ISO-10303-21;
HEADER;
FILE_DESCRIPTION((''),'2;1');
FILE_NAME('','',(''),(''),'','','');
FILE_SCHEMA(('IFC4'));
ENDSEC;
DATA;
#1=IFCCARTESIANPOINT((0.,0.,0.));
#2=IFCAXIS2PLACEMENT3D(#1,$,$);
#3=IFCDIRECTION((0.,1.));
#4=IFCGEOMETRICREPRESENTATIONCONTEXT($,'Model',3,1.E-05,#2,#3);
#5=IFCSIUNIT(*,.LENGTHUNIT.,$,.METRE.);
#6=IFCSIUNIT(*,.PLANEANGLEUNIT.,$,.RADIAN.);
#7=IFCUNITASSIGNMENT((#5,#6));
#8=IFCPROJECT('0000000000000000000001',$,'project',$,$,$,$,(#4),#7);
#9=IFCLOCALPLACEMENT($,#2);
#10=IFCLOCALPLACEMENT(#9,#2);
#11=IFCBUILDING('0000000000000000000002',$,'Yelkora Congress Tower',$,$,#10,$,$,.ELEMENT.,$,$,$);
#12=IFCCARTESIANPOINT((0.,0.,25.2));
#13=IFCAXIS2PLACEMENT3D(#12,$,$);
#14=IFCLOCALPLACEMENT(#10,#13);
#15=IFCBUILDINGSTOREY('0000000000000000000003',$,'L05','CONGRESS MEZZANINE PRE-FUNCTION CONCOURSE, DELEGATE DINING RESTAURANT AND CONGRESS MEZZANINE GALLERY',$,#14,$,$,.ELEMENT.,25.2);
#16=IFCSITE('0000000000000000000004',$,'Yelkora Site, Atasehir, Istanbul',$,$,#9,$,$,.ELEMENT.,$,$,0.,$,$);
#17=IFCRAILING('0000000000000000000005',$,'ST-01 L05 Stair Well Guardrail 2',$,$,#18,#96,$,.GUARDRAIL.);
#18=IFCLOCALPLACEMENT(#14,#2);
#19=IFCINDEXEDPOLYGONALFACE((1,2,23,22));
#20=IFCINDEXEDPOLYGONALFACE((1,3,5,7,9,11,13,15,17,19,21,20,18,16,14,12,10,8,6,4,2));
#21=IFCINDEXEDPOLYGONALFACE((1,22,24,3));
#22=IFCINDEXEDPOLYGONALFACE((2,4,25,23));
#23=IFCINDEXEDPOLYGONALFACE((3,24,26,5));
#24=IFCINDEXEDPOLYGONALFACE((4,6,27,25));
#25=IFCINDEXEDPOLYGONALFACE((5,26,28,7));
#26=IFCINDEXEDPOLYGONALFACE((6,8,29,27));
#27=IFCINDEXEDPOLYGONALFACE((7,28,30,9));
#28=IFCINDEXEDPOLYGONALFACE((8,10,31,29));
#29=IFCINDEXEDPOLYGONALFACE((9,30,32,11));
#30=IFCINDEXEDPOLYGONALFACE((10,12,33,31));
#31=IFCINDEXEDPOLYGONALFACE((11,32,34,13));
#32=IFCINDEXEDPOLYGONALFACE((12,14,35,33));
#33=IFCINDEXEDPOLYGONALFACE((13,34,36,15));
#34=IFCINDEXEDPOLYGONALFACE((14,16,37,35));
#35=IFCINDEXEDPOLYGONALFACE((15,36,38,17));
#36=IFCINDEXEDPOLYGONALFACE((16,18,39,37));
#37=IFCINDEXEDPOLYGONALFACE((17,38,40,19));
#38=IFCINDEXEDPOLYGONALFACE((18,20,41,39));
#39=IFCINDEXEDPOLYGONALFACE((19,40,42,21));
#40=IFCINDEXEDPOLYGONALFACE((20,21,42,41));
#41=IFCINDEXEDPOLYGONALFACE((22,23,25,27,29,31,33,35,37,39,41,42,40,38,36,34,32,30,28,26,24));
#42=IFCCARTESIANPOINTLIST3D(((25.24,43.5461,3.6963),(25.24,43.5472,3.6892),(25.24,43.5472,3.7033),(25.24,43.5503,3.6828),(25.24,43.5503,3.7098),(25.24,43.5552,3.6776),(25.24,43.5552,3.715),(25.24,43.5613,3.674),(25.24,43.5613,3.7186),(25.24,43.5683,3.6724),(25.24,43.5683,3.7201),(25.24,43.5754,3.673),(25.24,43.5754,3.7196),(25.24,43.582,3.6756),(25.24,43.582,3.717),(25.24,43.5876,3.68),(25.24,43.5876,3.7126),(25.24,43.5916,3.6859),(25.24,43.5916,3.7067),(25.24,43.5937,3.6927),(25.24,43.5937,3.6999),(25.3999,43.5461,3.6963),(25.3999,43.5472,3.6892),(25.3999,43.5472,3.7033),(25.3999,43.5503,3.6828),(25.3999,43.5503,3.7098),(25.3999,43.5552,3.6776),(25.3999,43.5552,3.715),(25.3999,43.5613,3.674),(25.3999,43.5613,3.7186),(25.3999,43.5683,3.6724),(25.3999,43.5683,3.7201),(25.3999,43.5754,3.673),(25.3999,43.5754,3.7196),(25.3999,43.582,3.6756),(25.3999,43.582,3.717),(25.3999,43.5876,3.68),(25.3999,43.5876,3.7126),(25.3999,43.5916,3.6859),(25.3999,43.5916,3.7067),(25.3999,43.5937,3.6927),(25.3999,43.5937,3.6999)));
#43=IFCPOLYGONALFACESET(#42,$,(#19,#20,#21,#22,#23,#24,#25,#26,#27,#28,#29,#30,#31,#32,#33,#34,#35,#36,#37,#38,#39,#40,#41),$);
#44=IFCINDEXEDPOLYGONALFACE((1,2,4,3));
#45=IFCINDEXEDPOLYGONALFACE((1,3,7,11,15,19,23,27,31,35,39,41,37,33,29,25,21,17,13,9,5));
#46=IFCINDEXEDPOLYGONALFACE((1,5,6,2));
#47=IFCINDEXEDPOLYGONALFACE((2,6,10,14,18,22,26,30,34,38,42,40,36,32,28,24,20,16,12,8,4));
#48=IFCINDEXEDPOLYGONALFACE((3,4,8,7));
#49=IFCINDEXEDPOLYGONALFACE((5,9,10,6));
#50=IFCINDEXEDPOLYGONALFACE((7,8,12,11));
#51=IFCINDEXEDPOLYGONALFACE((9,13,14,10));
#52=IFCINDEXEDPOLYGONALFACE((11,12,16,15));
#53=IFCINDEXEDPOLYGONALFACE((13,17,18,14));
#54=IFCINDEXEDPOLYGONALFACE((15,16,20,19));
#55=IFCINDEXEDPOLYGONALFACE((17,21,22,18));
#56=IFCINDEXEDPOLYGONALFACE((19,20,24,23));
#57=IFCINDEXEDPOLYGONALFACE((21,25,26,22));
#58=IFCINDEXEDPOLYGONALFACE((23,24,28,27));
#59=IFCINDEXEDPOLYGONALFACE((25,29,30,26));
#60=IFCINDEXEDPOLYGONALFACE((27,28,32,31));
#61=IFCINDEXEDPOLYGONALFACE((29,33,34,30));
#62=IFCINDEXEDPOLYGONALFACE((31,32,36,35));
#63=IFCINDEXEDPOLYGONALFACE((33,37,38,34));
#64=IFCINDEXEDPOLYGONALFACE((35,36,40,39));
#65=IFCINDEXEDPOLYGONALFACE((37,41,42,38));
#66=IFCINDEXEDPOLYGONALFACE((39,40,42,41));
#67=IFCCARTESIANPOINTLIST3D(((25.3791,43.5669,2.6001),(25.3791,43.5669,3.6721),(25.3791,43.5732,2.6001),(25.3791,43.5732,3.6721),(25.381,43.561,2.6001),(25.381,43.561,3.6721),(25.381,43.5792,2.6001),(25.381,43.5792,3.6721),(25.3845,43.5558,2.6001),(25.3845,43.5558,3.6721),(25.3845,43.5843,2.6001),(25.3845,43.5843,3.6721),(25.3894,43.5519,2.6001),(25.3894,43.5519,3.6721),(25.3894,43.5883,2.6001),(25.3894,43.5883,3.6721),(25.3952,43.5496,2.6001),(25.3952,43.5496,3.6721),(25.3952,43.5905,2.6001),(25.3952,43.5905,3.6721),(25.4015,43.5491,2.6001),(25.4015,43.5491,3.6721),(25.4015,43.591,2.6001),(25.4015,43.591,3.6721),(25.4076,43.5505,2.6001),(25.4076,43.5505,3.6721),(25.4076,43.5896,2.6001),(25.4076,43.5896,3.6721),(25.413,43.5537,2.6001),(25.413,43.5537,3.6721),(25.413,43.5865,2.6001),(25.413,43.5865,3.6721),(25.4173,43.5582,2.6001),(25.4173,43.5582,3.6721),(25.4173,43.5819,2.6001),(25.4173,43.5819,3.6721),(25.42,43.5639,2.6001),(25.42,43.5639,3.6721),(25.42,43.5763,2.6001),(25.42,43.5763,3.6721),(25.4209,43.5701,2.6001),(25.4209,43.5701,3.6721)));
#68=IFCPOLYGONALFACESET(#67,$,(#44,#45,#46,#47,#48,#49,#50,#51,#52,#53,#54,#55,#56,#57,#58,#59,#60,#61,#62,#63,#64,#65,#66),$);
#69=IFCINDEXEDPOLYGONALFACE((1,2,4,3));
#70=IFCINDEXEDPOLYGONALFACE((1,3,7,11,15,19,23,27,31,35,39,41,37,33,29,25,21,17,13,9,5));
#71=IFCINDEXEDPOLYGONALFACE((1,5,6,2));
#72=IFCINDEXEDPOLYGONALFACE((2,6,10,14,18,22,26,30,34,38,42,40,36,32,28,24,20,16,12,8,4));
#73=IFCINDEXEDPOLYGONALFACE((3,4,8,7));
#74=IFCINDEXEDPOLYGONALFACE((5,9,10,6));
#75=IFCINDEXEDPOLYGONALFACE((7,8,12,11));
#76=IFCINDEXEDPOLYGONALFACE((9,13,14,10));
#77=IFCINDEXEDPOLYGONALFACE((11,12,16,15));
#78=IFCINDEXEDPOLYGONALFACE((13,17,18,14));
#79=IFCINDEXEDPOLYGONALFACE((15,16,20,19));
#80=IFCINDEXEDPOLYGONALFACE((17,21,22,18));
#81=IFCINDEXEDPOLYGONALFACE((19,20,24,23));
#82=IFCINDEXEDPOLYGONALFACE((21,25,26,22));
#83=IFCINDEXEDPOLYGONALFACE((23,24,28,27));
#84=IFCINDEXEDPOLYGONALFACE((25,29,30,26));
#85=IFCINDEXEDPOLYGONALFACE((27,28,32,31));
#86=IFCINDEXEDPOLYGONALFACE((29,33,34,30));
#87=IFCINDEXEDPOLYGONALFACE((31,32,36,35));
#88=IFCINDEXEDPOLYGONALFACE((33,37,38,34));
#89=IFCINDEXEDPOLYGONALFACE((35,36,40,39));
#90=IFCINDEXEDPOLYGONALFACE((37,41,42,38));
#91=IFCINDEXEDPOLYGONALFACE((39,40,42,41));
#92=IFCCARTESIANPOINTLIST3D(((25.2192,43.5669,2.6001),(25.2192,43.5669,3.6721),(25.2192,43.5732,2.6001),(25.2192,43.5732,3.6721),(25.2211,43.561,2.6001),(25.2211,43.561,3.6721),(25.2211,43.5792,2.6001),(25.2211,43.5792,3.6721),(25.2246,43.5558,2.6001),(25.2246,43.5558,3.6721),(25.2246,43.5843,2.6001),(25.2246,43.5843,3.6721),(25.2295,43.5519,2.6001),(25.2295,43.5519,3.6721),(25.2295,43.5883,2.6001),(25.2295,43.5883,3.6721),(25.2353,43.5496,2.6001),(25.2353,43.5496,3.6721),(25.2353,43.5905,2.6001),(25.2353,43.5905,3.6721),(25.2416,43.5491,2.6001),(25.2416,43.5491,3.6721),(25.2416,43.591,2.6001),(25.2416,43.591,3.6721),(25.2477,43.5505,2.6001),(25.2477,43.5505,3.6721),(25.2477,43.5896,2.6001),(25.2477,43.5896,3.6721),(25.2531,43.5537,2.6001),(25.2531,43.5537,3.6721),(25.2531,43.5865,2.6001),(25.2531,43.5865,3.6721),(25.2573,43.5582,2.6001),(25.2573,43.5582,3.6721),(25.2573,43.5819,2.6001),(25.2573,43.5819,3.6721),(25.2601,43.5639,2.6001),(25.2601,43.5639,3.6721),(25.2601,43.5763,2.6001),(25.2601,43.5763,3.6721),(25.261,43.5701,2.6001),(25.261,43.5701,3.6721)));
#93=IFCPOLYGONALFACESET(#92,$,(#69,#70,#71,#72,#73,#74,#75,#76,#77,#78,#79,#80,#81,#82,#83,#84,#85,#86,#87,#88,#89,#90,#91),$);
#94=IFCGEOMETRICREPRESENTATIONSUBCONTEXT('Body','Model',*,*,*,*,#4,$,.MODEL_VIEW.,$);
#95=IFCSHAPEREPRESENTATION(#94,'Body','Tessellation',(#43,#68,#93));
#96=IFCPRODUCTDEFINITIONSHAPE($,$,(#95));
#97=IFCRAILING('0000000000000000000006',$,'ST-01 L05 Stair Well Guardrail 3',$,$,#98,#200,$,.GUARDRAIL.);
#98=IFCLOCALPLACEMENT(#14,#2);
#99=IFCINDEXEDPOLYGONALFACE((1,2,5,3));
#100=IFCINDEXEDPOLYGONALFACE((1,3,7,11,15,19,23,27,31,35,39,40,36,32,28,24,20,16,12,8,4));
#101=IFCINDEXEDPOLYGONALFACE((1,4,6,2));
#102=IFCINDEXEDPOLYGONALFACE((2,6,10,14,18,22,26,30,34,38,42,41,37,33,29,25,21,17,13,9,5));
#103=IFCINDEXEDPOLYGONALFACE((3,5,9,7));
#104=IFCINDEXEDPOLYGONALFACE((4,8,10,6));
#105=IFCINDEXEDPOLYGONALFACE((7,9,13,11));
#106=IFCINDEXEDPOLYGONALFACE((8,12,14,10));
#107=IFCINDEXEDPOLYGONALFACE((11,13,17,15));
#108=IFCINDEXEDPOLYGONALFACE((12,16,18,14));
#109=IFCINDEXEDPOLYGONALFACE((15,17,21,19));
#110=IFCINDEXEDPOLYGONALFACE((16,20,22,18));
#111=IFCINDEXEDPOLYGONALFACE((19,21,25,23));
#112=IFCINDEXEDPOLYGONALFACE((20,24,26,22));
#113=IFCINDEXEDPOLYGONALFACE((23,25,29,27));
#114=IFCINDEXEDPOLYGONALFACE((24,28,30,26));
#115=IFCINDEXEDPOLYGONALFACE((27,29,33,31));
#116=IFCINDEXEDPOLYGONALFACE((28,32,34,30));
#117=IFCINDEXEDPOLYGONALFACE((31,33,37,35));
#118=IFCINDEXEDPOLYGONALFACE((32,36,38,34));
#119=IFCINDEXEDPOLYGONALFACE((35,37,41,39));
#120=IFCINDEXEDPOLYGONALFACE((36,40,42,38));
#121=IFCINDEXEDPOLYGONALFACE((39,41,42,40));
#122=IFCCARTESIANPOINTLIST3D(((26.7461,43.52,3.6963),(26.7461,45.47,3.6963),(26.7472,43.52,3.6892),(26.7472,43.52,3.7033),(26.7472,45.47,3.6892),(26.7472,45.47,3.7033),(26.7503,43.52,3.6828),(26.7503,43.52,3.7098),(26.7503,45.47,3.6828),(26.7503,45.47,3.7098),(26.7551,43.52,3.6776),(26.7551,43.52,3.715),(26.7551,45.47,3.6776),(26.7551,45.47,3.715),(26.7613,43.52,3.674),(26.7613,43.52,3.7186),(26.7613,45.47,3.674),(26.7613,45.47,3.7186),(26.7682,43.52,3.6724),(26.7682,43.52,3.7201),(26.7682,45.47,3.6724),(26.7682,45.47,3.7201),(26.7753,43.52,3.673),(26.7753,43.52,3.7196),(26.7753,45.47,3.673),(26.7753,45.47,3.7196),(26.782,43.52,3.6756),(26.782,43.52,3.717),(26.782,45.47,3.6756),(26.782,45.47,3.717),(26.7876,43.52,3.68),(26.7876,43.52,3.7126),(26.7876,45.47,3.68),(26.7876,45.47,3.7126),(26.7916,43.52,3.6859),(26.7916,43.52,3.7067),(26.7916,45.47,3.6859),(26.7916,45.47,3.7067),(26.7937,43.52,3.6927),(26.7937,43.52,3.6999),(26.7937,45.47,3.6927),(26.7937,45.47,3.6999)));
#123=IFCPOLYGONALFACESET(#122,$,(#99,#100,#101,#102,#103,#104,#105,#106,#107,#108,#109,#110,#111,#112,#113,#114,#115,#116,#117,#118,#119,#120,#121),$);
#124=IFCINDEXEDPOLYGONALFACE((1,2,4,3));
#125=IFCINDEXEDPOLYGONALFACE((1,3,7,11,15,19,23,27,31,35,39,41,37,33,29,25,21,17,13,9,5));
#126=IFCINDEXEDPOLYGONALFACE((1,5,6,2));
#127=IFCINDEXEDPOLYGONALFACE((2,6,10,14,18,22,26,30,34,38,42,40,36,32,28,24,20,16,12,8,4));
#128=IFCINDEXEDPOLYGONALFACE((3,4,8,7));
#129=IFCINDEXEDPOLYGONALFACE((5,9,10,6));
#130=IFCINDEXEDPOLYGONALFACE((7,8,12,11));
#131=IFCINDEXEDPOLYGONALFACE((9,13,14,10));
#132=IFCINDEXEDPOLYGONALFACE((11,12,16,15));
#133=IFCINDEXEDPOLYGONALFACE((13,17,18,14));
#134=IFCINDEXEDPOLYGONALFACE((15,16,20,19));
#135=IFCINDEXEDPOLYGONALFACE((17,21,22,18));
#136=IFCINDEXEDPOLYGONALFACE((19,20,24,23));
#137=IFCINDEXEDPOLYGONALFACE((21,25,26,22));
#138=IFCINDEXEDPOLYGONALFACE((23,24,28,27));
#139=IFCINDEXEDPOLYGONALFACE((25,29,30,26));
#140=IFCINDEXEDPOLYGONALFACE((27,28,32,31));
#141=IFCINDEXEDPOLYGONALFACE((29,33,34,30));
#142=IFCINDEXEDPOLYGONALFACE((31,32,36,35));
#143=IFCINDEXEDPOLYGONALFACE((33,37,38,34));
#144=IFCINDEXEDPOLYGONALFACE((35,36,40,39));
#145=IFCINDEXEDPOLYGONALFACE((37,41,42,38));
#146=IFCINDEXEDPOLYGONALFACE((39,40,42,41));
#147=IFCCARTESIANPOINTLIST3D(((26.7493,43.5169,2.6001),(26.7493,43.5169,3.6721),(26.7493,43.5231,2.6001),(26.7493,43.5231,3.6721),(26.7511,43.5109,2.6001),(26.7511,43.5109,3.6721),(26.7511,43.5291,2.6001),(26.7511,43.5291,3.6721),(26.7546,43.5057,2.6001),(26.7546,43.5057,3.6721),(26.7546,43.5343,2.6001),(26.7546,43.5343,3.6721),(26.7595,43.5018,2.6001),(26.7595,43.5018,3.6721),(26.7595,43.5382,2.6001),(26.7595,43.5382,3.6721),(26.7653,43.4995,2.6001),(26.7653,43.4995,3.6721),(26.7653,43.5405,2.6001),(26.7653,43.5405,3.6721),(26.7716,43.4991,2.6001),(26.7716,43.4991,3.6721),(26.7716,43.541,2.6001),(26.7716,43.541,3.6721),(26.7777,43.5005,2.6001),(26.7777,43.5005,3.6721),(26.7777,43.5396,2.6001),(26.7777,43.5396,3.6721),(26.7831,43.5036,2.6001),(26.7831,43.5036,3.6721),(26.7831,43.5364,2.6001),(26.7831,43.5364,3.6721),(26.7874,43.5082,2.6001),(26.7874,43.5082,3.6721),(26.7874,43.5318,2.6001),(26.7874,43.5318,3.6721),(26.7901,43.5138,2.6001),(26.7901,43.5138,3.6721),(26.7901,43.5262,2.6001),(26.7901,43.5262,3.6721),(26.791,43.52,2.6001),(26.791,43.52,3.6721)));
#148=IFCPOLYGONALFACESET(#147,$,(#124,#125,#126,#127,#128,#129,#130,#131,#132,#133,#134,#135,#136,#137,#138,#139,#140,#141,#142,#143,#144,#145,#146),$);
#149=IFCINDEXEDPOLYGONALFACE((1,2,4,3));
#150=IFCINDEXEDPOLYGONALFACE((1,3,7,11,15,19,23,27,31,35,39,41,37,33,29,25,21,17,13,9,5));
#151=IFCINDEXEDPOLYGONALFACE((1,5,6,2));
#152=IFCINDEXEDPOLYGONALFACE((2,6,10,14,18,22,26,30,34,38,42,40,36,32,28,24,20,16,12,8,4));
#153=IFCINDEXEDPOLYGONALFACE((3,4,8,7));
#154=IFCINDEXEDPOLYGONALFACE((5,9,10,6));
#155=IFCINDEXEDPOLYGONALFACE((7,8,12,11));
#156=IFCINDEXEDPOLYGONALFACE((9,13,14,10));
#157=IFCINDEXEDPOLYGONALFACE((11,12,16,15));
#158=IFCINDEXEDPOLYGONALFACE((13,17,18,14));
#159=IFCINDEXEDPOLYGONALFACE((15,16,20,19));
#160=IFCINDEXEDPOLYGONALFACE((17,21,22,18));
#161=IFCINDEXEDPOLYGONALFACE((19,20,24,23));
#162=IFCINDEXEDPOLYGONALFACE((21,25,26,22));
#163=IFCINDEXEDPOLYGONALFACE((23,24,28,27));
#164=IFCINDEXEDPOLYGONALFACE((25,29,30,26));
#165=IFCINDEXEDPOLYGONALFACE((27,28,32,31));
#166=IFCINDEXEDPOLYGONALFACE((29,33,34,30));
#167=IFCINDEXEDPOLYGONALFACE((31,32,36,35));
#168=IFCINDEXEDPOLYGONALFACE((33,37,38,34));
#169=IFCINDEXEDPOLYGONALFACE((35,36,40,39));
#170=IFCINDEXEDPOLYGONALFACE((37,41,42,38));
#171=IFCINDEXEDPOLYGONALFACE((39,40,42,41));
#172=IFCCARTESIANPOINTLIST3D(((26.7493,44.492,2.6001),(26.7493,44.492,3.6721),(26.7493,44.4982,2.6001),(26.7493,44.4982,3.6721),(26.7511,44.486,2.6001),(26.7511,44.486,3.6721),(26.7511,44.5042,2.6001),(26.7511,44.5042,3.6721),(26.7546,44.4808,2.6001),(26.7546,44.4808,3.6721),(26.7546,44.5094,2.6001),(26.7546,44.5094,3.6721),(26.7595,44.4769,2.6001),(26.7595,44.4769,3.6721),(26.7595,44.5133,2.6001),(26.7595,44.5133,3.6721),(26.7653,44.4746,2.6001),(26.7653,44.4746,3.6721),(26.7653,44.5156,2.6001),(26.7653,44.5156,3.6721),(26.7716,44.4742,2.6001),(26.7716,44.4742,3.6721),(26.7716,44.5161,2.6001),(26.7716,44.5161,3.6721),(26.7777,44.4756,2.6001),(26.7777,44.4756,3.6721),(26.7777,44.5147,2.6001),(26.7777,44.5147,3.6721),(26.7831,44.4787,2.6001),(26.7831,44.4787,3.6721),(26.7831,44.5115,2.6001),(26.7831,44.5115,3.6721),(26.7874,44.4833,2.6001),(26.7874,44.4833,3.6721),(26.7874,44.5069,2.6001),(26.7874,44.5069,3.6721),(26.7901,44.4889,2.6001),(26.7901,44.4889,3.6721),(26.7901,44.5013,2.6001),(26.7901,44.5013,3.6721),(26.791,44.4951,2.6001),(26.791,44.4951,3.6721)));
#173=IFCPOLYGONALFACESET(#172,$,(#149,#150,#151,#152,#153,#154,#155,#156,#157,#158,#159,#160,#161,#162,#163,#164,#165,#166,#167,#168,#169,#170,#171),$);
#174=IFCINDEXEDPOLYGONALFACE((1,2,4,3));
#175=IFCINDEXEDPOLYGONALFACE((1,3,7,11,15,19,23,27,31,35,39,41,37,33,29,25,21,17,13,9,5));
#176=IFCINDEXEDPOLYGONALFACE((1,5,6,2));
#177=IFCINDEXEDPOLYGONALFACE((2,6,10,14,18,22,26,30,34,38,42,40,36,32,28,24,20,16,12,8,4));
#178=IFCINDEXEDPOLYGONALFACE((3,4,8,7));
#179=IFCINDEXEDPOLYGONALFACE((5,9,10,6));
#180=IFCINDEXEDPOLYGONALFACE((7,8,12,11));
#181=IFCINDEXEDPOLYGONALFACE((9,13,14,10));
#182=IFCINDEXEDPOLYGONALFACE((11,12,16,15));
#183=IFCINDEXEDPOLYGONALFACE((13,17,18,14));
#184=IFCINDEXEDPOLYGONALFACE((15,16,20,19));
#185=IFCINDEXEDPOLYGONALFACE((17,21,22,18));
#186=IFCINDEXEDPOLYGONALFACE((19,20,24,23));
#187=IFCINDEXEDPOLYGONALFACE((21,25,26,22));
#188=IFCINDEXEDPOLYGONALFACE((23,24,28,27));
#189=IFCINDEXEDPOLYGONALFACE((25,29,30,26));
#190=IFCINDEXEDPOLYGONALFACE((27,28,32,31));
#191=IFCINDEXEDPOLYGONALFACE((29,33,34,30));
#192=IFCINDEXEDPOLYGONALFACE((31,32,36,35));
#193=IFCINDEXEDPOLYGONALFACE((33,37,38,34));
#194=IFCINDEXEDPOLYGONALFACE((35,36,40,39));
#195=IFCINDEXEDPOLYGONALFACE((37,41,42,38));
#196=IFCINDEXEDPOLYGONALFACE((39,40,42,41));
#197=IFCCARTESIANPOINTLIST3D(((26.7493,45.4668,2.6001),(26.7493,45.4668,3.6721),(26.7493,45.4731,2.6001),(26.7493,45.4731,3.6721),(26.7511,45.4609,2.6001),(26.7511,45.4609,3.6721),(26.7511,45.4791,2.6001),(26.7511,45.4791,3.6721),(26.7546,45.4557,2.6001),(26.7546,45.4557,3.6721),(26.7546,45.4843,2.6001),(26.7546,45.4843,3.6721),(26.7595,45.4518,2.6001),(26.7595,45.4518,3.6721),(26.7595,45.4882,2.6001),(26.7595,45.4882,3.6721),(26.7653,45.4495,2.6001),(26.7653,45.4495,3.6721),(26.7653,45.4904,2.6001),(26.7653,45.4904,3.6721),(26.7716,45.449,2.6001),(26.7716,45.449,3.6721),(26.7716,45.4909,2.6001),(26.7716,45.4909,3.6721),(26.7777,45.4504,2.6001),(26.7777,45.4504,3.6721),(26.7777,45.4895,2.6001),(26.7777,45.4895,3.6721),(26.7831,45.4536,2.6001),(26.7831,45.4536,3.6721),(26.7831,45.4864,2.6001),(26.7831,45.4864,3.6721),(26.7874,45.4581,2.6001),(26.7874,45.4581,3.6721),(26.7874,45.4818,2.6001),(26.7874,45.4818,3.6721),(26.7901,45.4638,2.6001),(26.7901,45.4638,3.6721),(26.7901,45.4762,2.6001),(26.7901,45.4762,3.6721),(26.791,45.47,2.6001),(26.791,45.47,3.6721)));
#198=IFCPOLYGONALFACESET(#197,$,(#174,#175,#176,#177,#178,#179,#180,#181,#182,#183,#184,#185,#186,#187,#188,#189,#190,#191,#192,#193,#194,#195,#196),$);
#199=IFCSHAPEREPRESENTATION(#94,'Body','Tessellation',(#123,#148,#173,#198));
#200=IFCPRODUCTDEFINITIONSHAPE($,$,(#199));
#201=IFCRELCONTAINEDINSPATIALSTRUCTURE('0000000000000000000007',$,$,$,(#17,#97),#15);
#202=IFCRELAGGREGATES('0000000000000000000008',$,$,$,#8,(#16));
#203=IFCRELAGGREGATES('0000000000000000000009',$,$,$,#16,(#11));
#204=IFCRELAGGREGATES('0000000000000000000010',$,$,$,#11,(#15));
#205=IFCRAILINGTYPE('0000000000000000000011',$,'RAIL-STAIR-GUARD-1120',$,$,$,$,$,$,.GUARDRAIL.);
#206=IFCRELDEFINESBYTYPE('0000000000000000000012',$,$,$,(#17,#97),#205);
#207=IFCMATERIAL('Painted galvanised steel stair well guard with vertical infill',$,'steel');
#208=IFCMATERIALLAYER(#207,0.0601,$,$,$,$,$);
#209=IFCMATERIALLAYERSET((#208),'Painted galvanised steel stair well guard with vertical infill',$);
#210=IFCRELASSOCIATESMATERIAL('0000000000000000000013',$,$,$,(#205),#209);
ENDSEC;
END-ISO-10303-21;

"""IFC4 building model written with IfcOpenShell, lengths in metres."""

from ifc_helpers import new_model, si_unit, direction, frame, origin, origin_2d, place, context, subcontext, project, spatial, circle, extrude, material, layer, layer_set, type_object, element, save


model = new_model("IFC4")

# Units and contexts
model_context = context("Model", 3, precision=1e-05, world=origin(), true_north=direction((0.0, 1.0)))
body_context = subcontext(model_context, "Body", "Model", "MODEL_VIEW")
ifc_project = project(units=[si_unit("LENGTHUNIT", "METRE"), si_unit("PLANEANGLEUNIT", "RADIAN")], contexts=[model_context])

# Site, building, storey
site_placement = place(None, origin())
site = spatial("IfcSite", under=ifc_project, at=site_placement, Name="Yelkora Site, Atasehir, Istanbul", CompositionType="ELEMENT", RefElevation=0.0)
building_placement = place(site_placement, origin())
building = spatial("IfcBuilding", under=site, at=building_placement, Name="Yelkora Congress Tower", CompositionType="ELEMENT")
storey_placement = place(building_placement, frame((0.0, 0.0, 25.2)))
storey = spatial("IfcBuildingStorey", under=building, at=storey_placement, Name="L05", Description="CONGRESS MEZZANINE PRE-FUNCTION CONCOURSE, DELEGATE DINING RESTAURANT AND CONGRESS MEZZANINE GALLERY", CompositionType="ELEMENT", Elevation=25.2)

# Railings
ifc_material_1 = material(Name="Painted galvanised steel stair well guard with vertical infill", Category="steel")
ifc_layer_1 = layer(ifc_material_1, 0.0601)
ifc_layer_set_1 = layer_set([ifc_layer_1], Name="Painted galvanised steel stair well guard with vertical infill")
railing_type_1 = type_object("IfcRailingType", Name="RAIL-STAIR-GUARD-1120", PredefinedType="GUARDRAIL", material=ifc_layer_set_1)
railing_1_placement = place(storey_placement, frame((25.3999, 43.5701, 2.6001)))
element("IfcRailing", 1, at=railing_1_placement, inside=storey, type_object=railing_type_1, Name="ST-01 L05 Stair Well Guardrail 2", PredefinedType="GUARDRAIL", context=body_context, shape_type="SweptSolid", body=[
    extrude(circle(Radius=0.0239, at=origin_2d()), frame((0.0, 0.0, 1.0962), z_axis=(-1.0, 0.0, 0.0), x_axis=(0.0, -1.0, 0.0)), (0.0, 0.0, 1.0), 0.1599),
    extrude(circle(Radius=0.021, at=origin_2d()), origin(), (0.0, 0.0, 1.0), 1.072),
    extrude(circle(Radius=0.021, at=origin_2d()), frame((-0.1599, 0.0, 0.0)), (0.0, 0.0, 1.0), 1.072),
])
for number, where, name in (
    (2, (26.77, 43.52, 2.6001), "ST-01 L05 Stair Well Guardrail 3"),
):
    element("IfcRailing", number, at=place(storey_placement, frame(where)), inside=storey, type_object=railing_type_1, Name=name, PredefinedType="GUARDRAIL", context=body_context, shape_type="SweptSolid", body=[
        extrude(circle(Radius=0.0239, at=origin_2d()), frame((0.0, 0.0, 1.0962), z_axis=(0.0, 1.0, 0.0), x_axis=(-1.0, 0.0, 0.0)), (0.0, 0.0, 1.0), 1.95),
        extrude(circle(Radius=0.021, at=origin_2d()), origin(), (0.0, 0.0, 1.0), 1.072),
        extrude(circle(Radius=0.021, at=origin_2d()), frame((0.0, 0.9751, 0.0)), (0.0, 0.0, 1.0), 1.072),
        extrude(circle(Radius=0.021, at=origin_2d()), frame((0.0, 1.95, 0.0)), (0.0, 0.0, 1.0), 1.072),
    ])

save(model, "model.ifc")
